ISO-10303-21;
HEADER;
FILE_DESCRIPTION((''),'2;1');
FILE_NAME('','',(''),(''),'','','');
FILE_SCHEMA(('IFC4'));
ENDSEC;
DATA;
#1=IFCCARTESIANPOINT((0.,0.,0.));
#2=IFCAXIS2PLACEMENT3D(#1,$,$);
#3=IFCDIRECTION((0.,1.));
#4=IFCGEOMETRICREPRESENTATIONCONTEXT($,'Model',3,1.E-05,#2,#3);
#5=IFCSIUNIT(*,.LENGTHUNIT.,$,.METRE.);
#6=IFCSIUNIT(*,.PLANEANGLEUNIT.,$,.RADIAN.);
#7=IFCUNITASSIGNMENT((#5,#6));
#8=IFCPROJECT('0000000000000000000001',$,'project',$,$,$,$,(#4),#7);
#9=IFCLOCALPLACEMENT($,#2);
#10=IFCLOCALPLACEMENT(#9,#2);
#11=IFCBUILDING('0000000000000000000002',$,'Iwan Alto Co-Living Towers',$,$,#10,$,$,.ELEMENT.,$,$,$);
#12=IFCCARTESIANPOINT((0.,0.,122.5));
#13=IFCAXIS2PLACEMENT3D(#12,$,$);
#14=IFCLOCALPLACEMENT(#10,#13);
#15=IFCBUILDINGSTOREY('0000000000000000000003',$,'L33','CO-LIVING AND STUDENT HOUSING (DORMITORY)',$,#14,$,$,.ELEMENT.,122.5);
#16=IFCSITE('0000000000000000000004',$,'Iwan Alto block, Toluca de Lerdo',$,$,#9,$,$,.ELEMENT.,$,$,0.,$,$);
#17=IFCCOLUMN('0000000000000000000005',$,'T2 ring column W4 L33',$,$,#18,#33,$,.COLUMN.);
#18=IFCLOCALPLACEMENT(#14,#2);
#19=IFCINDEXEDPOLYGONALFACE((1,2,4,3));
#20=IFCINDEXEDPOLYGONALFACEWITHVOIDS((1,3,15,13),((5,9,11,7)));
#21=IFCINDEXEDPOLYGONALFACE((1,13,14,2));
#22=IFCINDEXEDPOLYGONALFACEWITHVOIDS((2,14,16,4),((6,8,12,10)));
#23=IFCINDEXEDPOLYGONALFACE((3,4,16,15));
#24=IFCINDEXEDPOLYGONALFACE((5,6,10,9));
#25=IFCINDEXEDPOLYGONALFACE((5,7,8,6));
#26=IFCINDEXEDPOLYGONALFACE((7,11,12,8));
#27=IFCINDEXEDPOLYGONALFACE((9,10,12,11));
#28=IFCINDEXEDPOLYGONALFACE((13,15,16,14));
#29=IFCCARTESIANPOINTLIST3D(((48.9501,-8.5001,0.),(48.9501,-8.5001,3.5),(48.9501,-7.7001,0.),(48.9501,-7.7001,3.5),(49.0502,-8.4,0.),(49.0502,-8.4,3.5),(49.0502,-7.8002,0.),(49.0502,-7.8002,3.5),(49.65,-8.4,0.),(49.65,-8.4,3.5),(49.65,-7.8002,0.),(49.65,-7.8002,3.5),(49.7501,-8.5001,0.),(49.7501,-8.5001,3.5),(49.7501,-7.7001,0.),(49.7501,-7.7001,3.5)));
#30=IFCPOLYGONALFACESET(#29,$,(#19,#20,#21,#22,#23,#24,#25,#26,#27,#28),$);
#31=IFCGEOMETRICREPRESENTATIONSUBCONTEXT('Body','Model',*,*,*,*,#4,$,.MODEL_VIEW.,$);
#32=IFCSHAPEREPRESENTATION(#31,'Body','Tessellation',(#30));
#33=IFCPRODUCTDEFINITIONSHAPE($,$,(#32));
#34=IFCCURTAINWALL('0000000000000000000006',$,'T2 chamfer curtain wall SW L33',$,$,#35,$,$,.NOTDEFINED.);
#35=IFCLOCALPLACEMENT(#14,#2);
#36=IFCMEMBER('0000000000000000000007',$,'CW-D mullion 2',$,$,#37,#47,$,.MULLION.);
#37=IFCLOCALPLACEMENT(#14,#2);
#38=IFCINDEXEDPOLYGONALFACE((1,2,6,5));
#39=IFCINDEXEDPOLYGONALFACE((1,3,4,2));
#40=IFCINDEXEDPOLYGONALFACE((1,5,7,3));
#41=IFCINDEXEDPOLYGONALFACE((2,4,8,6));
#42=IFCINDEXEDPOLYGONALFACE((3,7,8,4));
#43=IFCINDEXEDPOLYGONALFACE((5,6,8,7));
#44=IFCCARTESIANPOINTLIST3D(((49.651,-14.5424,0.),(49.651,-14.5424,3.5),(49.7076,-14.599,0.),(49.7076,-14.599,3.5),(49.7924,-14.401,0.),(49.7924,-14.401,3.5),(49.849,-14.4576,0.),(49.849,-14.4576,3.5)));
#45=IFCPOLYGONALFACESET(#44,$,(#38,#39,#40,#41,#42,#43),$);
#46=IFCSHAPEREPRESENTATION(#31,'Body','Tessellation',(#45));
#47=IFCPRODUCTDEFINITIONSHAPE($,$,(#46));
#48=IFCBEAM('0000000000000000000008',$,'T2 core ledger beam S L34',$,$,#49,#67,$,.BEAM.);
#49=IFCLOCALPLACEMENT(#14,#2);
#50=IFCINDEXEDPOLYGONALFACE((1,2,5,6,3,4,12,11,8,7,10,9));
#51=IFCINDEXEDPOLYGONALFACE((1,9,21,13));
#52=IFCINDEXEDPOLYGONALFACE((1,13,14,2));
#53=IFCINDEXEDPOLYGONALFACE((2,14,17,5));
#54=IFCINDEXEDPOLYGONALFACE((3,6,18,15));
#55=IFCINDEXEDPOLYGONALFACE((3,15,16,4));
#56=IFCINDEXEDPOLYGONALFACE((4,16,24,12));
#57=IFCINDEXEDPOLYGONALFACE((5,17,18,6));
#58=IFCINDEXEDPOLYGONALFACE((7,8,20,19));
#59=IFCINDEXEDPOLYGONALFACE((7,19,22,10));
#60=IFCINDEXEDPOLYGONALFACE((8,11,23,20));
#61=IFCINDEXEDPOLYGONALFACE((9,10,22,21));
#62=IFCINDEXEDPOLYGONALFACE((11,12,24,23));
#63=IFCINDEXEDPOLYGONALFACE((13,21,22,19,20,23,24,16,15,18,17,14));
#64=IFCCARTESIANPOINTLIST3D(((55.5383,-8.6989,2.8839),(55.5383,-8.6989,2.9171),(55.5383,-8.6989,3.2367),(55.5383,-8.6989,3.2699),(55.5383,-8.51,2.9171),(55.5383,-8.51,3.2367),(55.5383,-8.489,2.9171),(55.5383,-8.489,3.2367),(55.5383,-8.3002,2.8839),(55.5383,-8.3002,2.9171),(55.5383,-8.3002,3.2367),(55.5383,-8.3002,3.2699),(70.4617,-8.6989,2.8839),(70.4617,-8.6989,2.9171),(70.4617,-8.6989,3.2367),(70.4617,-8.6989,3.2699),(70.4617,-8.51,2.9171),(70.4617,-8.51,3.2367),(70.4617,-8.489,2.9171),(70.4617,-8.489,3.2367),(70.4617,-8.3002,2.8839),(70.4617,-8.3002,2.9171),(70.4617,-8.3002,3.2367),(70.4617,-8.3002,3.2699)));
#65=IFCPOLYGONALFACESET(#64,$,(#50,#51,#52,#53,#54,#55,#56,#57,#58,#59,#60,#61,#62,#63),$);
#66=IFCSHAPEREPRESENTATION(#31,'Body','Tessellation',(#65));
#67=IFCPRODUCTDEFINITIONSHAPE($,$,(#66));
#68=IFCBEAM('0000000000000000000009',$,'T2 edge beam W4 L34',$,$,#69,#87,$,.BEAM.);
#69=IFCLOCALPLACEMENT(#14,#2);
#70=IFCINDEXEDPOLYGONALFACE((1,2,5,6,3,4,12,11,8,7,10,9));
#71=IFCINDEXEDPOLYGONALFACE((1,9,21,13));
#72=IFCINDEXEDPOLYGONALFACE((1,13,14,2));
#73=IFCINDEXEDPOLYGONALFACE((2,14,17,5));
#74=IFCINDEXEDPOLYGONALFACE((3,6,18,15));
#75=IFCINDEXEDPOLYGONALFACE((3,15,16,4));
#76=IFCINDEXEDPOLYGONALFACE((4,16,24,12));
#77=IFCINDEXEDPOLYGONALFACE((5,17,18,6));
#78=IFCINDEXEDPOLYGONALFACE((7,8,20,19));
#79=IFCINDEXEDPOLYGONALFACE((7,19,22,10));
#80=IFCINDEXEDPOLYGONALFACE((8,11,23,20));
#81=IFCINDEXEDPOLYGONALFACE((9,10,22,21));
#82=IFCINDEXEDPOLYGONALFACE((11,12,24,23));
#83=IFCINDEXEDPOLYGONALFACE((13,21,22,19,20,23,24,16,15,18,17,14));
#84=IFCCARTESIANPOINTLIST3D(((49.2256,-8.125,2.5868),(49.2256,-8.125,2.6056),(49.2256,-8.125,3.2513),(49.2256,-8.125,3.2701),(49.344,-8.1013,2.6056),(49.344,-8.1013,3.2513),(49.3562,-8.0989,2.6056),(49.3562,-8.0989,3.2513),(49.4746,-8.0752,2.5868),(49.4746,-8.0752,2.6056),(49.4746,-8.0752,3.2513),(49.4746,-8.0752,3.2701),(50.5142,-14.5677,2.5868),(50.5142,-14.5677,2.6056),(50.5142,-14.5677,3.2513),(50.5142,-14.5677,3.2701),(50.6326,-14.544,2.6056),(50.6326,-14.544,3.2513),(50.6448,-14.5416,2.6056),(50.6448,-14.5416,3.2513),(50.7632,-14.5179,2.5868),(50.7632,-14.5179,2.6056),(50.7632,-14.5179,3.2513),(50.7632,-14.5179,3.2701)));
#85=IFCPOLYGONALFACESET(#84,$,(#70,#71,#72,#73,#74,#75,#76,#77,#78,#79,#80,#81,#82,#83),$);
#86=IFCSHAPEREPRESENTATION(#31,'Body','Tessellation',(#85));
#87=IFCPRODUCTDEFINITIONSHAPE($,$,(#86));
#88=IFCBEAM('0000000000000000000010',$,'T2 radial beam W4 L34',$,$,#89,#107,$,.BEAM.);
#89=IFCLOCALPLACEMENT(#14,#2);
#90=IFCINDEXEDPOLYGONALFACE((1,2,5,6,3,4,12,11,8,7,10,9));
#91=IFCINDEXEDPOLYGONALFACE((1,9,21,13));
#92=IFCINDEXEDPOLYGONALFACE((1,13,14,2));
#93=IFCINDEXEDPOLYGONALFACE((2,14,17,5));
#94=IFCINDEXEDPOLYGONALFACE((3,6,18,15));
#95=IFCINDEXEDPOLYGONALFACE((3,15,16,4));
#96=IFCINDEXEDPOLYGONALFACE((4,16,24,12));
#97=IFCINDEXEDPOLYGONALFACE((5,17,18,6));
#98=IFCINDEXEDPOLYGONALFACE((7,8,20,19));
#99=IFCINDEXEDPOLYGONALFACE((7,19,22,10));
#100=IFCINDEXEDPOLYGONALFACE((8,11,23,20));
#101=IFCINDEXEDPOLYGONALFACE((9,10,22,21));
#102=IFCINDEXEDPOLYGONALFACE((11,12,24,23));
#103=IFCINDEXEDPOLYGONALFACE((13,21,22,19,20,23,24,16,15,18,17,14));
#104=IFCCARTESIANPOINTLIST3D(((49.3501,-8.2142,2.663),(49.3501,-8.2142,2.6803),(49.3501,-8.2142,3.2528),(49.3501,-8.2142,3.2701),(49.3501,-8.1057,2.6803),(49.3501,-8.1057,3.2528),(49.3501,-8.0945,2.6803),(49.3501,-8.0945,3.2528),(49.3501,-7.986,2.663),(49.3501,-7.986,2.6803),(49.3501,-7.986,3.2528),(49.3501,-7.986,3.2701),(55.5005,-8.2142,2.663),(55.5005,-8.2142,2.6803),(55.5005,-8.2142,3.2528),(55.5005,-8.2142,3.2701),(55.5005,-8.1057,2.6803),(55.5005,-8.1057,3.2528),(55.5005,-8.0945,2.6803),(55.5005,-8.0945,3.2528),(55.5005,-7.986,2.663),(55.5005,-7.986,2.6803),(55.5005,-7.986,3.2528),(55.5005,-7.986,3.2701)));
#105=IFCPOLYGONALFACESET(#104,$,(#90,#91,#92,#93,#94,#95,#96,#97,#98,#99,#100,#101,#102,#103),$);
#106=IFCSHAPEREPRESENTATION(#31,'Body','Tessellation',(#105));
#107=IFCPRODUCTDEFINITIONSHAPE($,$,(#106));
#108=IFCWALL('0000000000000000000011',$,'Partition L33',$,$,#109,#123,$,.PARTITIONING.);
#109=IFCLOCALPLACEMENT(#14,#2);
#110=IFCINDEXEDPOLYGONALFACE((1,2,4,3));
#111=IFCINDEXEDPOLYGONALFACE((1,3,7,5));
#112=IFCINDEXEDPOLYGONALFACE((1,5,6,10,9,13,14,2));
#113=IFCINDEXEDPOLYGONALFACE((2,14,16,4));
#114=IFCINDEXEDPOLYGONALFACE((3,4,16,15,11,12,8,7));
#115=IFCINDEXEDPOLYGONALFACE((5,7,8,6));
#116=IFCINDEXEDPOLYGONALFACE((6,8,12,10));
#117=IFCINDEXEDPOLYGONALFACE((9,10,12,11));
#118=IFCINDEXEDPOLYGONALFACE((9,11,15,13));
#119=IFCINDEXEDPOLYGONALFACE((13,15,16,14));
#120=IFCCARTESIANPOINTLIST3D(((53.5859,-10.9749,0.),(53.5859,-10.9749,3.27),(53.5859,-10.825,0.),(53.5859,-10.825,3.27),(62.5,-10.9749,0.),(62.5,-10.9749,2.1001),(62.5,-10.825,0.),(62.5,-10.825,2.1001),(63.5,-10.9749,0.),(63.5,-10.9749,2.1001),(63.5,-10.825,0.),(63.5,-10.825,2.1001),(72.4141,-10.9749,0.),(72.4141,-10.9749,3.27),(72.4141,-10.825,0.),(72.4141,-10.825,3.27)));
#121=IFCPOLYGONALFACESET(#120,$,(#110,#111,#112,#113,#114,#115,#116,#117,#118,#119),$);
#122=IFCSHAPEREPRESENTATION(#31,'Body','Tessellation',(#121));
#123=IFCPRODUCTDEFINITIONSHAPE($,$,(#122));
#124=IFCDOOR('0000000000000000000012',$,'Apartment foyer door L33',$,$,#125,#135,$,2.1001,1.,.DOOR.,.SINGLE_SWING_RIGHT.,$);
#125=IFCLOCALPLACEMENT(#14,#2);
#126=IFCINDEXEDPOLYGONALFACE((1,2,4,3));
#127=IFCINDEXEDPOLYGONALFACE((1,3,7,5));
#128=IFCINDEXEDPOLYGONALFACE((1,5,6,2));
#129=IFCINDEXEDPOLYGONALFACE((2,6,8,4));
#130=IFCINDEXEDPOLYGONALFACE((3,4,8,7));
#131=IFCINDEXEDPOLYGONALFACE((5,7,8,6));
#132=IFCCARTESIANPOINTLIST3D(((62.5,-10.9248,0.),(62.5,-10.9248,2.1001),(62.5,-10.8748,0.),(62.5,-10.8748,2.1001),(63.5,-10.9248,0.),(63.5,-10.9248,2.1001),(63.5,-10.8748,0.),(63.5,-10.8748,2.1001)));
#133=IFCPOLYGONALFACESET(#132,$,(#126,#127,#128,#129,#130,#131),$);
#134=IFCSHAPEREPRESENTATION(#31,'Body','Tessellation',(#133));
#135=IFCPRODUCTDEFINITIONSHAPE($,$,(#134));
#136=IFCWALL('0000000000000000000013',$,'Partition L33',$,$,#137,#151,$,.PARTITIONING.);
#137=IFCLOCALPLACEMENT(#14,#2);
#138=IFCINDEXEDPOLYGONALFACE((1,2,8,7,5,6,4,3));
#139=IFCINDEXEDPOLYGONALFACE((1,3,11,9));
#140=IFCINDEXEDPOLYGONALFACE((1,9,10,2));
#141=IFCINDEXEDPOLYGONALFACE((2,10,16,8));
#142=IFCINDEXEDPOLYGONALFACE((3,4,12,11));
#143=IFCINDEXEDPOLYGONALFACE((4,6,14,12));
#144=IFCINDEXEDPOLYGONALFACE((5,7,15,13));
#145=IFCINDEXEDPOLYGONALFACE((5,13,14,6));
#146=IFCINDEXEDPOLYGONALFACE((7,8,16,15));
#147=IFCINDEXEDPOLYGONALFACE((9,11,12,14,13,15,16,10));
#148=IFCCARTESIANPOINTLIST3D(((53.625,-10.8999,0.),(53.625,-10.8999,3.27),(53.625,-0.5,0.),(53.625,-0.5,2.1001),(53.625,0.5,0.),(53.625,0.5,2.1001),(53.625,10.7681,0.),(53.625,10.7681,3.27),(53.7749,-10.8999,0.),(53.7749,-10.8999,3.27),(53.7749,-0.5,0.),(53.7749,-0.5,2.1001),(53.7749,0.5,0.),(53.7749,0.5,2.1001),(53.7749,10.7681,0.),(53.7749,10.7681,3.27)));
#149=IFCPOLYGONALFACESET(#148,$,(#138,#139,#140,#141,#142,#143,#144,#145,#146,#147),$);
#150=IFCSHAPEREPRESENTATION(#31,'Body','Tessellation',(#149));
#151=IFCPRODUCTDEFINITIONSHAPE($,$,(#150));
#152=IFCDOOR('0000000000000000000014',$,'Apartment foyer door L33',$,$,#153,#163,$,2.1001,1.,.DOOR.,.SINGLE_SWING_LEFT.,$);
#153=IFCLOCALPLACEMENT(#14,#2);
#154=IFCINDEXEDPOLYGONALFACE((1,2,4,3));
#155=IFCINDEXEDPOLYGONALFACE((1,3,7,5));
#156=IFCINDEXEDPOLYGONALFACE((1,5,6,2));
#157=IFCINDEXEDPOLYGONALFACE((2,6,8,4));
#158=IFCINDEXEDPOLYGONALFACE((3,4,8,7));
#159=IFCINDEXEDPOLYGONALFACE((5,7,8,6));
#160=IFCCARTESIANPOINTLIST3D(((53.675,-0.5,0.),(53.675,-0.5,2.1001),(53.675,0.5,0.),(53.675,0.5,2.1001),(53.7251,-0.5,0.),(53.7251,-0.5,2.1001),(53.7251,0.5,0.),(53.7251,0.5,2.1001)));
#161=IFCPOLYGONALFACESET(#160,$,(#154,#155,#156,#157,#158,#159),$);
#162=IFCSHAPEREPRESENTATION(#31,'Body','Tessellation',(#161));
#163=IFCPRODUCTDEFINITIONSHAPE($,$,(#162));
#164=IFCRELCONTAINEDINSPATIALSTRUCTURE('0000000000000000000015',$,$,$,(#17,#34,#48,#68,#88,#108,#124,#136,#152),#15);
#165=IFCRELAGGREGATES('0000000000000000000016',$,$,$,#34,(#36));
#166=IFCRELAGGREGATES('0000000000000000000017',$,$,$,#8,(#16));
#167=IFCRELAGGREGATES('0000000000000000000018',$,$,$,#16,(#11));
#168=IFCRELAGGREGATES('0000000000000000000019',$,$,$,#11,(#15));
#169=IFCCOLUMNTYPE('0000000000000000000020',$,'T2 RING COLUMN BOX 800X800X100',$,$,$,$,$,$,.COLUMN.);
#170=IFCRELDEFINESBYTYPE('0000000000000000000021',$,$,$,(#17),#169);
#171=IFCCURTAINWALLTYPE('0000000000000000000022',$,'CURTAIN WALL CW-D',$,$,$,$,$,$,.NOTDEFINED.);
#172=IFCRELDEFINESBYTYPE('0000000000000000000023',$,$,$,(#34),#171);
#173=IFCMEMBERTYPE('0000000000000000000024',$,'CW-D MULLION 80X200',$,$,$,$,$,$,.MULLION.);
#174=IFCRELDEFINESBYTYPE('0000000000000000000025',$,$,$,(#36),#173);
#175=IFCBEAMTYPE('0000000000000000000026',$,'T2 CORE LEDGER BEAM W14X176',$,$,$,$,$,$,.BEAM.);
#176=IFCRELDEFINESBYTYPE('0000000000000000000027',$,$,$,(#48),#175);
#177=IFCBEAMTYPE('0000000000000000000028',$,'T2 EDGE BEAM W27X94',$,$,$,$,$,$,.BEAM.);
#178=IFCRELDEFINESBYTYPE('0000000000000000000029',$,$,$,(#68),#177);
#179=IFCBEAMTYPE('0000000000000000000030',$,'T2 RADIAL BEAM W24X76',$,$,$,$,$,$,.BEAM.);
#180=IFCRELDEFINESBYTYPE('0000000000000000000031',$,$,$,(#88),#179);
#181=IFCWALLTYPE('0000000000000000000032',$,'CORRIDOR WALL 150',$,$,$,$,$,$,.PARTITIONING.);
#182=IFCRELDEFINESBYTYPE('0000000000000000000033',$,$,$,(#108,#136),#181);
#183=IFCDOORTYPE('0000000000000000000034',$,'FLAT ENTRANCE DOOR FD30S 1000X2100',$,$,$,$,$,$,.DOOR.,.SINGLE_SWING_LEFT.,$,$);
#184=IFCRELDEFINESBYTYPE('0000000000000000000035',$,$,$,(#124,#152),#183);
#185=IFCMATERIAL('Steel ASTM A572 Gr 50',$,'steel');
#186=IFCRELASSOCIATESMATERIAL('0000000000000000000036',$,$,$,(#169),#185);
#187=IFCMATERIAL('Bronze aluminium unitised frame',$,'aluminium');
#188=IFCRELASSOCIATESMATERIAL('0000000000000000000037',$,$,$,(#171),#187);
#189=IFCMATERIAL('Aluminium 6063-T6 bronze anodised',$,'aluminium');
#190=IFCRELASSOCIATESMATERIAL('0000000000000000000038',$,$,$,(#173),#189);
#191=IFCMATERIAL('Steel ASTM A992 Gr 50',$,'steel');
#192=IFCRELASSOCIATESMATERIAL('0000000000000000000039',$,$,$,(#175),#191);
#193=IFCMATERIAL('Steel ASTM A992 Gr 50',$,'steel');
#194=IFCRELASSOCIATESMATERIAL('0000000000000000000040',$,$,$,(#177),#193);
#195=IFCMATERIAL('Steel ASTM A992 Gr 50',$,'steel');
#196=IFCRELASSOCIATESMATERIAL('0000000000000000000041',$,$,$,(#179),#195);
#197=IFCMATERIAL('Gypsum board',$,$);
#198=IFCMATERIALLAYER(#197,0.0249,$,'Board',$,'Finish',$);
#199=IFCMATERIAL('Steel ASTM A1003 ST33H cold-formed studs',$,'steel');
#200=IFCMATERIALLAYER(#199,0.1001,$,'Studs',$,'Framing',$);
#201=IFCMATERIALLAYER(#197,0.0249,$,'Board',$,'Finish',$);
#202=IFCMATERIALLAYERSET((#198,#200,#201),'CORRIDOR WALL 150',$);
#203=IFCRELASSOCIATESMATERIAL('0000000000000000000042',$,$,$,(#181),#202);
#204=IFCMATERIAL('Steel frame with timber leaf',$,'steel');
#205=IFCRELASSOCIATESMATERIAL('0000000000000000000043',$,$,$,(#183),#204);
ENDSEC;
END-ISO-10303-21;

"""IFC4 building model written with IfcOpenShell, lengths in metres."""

from ifc_helpers import new_model, si_unit, direction, frame, frame_2d, origin, origin_2d, place, context, subcontext, project, spatial, rectangle, hollow_rectangle, i_section, extrude, material, layer, layer_set, material_profile, profile_set, type_object, element, fill, aggregate, save


model = new_model("IFC4")

# Units and contexts
model_context = context("Model", 3, precision=1e-05, world=origin(), true_north=direction((0.0, 1.0)))
body_context = subcontext(model_context, "Body", "Model", "MODEL_VIEW")
ifc_project = project(units=[si_unit("LENGTHUNIT", "METRE"), si_unit("PLANEANGLEUNIT", "RADIAN")], contexts=[model_context])

# Site, building, storey
site_placement = place(None, origin())
site = spatial("IfcSite", under=ifc_project, at=site_placement, Name="Iwan Alto block, Toluca de Lerdo", CompositionType="ELEMENT", RefElevation=0.0)
building_placement = place(site_placement, origin())
building = spatial("IfcBuilding", under=site, at=building_placement, Name="Iwan Alto Co-Living Towers", CompositionType="ELEMENT")
storey_placement = place(building_placement, frame((0.0, 0.0, 122.5)))
storey = spatial("IfcBuildingStorey", under=building, at=storey_placement, Name="L33", Description="CO-LIVING AND STUDENT HOUSING (DORMITORY)", CompositionType="ELEMENT", Elevation=122.5)

# Column
ifc_material_1 = material(Name="Steel ASTM A572 Gr 50", Category="steel")
ifc_material_profile_1 = material_profile(ifc_material_1, hollow_rectangle(XDim=0.8, YDim=0.8, WallThickness=0.1001, at=origin_2d()), Name="BOX 800X800X100")
ifc_profile_set_1 = profile_set([ifc_material_profile_1], Name="Steel ASTM A572 Gr 50")
column_type = type_object("IfcColumnType", Name="T2 RING COLUMN BOX 800X800X100", PredefinedType="COLUMN", material=ifc_profile_set_1)
column_placement = place(storey_placement, frame((49.3501, -8.1001, 0.0), z_axis=(0.0, 0.0, 1.0), x_axis=(1.0, 0.0, 0.0)))
element("IfcColumn", 1, at=column_placement, inside=storey, type_object=column_type, Name="T2 ring column W4 L33", PredefinedType="COLUMN", context=body_context, shape_type="SweptSolid", body=[
    extrude(hollow_rectangle(XDim=0.8, YDim=0.8, WallThickness=0.1001, at=origin_2d()), origin(), (0.0, 0.0, 1.0), 3.5),
])

# Curtain wall, member
ifc_material_2 = material(Name="Bronze aluminium unitised frame", Category="aluminium")
curtain_wall_type = type_object("IfcCurtainWallType", Name="CURTAIN WALL CW-D", PredefinedType="NOTDEFINED", material=ifc_material_2)
curtain_wall_placement = place(storey_placement, origin())
curtain_wall = element("IfcCurtainWall", 2, at=curtain_wall_placement, inside=storey, type_object=curtain_wall_type, Name="T2 chamfer curtain wall SW L33", PredefinedType="NOTDEFINED")
ifc_material_3 = material(Name="Aluminium 6063-T6 bronze anodised", Category="aluminium")
ifc_material_profile_2 = material_profile(ifc_material_3, rectangle(XDim=0.2, YDim=0.0801, at=origin_2d()), Name="AL 80X200")
ifc_profile_set_2 = profile_set([ifc_material_profile_2], Name="Aluminium 6063-T6 bronze anodised")
member_type = type_object("IfcMemberType", Name="CW-D MULLION 80X200", PredefinedType="MULLION", material=ifc_profile_set_2)
member_placement = place(storey_placement, frame((49.75, -14.5, 0.0), z_axis=(0.0, 0.0, 1.0), x_axis=(0.707107, 0.707107, 0.0)))
member = element("IfcMember", 3, at=member_placement, type_object=member_type, Name="CW-D mullion 2", PredefinedType="MULLION", context=body_context, shape_type="SweptSolid", body=[
    extrude(rectangle(XDim=0.2, YDim=0.0801, at=origin_2d()), origin(), (0.0, 0.0, 1.0), 3.5),
])
aggregate(curtain_wall, [member])

# Beams
ifc_material_4 = material(Name="Steel ASTM A992 Gr 50", Category="steel")
ifc_material_profile_3 = material_profile(ifc_material_4, i_section(OverallWidth=0.3987, OverallDepth=0.386, WebThickness=0.021, FlangeThickness=0.0332, at=origin_2d()), Name="W14X176")
ifc_profile_set_3 = profile_set([ifc_material_profile_3], Name="Steel ASTM A992 Gr 50")
beam_type_1 = type_object("IfcBeamType", Name="T2 CORE LEDGER BEAM W14X176", PredefinedType="BEAM", material=ifc_profile_set_3)
beam_1_placement = place(storey_placement, frame((55.5383, -8.4995, 3.0769), z_axis=(1.0, 0.0, 0.0), x_axis=(0.0, 1.0, 0.0)))
element("IfcBeam", 4, at=beam_1_placement, inside=storey, type_object=beam_type_1, Name="T2 core ledger beam S L34", PredefinedType="BEAM", context=body_context, shape_type="SweptSolid", body=[
    extrude(i_section(OverallWidth=0.3987, OverallDepth=0.386, WebThickness=0.021, FlangeThickness=0.0332, at=origin_2d()), origin(), (0.0, 0.0, 1.0), 14.9233),
])
ifc_material_5 = material(Name="Steel ASTM A992 Gr 50", Category="steel")
ifc_material_profile_4 = material_profile(ifc_material_5, i_section(OverallWidth=0.2539, OverallDepth=0.6833, WebThickness=0.0125, FlangeThickness=0.0188, at=origin_2d()), Name="W27X94")
ifc_profile_set_4 = profile_set([ifc_material_profile_4], Name="Steel ASTM A992 Gr 50")
beam_type_2 = type_object("IfcBeamType", Name="T2 EDGE BEAM W27X94", PredefinedType="BEAM", material=ifc_profile_set_4)
beam_2_placement = place(storey_placement, frame((49.3501, -8.1001, 2.9285), z_axis=(0.196123, -0.980579, 0.0), x_axis=(0.980579, 0.196123, 0.0)))
element("IfcBeam", 5, at=beam_2_placement, inside=storey, type_object=beam_type_2, Name="T2 edge beam W4 L34", PredefinedType="BEAM", context=body_context, shape_type="SweptSolid", body=[
    extrude(i_section(OverallWidth=0.2539, OverallDepth=0.6833, WebThickness=0.0125, FlangeThickness=0.0188, at=origin_2d()), origin(), (0.0, 0.0, 1.0), 6.5703),
])
ifc_material_6 = material(Name="Steel ASTM A992 Gr 50", Category="steel")
ifc_material_profile_5 = material_profile(ifc_material_6, i_section(OverallWidth=0.2283, OverallDepth=0.6072, WebThickness=0.0112, FlangeThickness=0.0173, at=origin_2d()), Name="W24X76")
ifc_profile_set_5 = profile_set([ifc_material_profile_5], Name="Steel ASTM A992 Gr 50")
beam_type_3 = type_object("IfcBeamType", Name="T2 RADIAL BEAM W24X76", PredefinedType="BEAM", material=ifc_profile_set_5)
beam_3_placement = place(storey_placement, frame((49.3501, -8.1001, 2.9666), z_axis=(1.0, 0.0, 0.0), x_axis=(0.0, 1.0, 0.0)))
element("IfcBeam", 6, at=beam_3_placement, inside=storey, type_object=beam_type_3, Name="T2 radial beam W4 L34", PredefinedType="BEAM", context=body_context, shape_type="SweptSolid", body=[
    extrude(i_section(OverallWidth=0.2283, OverallDepth=0.6072, WebThickness=0.0112, FlangeThickness=0.0173, at=origin_2d()), origin(), (0.0, 0.0, 1.0), 6.1504),
])

# Walls, openings, doors
ifc_material_7 = material(Name="Gypsum board")
ifc_layer_1 = layer(ifc_material_7, 0.0249, Name="Board", Category="Finish")
ifc_material_8 = material(Name="Steel ASTM A1003 ST33H cold-formed studs", Category="steel")
ifc_layer_2 = layer(ifc_material_8, 0.1001, Name="Studs", Category="Framing")
ifc_layer_3 = layer(ifc_material_7, 0.0249, Name="Board", Category="Finish")
ifc_layer_set_1 = layer_set([ifc_layer_1, ifc_layer_2, ifc_layer_3], Name="CORRIDOR WALL 150")
wall_type_1 = type_object("IfcWallType", Name="CORRIDOR WALL 150", PredefinedType="PARTITIONING", material=ifc_layer_set_1)
wall_1_placement = place(storey_placement, frame((53.5859, -10.8999, 0.0), z_axis=(0.0, 0.0, 1.0), x_axis=(1.0, 0.0, 0.0)))
wall_1 = element("IfcWall", 7, at=wall_1_placement, inside=storey, type_object=wall_type_1, Name="Partition L33", PredefinedType="PARTITIONING", context=body_context, shape_type="SweptSolid", body=[
    extrude(rectangle(XDim=18.8281, YDim=0.1499, at=frame_2d((9.4141, 0.0))), origin(), (0.0, 0.0, 1.0), 3.27),
])
opening_1_placement = place(wall_1_placement, frame((8.9141, 0.0, 0.0)))
opening_1 = element("IfcOpeningElement", 8, at=opening_1_placement, cuts=wall_1, PredefinedType="OPENING", context=body_context, shape_type="SweptSolid", body=[
    extrude(rectangle(XDim=1.0, YDim=2.1001, at=frame_2d((0.5, 1.05))), frame((0.0, 0.085, 0.0), z_axis=(0.0, -1.0, 0.0), x_axis=(1.0, 0.0, 0.0)), (0.0, 0.0, 1.0), 0.1699),
])
ifc_material_9 = material(Name="Steel frame with timber leaf", Category="steel")
door_type_1 = type_object("IfcDoorType", Name="FLAT ENTRANCE DOOR FD30S 1000X2100", OperationType="SINGLE_SWING_LEFT", PredefinedType="DOOR", material=ifc_material_9)
door_1_placement = place(opening_1_placement, frame((1.0, 0.0, 0.0), z_axis=(0.0, 0.0, 1.0), x_axis=(-1.0, 0.0, 0.0)))
door_1 = element("IfcDoor", 9, at=door_1_placement, inside=storey, type_object=door_type_1, Name="Apartment foyer door L33", OperationType="SINGLE_SWING_RIGHT", OverallHeight=2.1001, OverallWidth=1.0, PredefinedType="DOOR", context=body_context, shape_type="SweptSolid", body=[
    extrude(rectangle(XDim=1.0, YDim=2.1001, at=frame_2d((0.5, 1.05))), frame((0.0, 0.0249, 0.0), z_axis=(0.0, -1.0, 0.0), x_axis=(1.0, 0.0, 0.0)), (0.0, 0.0, 1.0), 0.05),
])
fill(opening_1, door_1)
wall_2_placement = place(storey_placement, frame((53.7, -10.8999, 0.0), z_axis=(0.0, 0.0, 1.0), x_axis=(0.0, 1.0, 0.0)))
wall_2 = element("IfcWall", 10, at=wall_2_placement, inside=storey, type_object=wall_type_1, Name="Partition L33", PredefinedType="PARTITIONING", context=body_context, shape_type="SweptSolid", body=[
    extrude(rectangle(XDim=21.668, YDim=0.1499, at=frame_2d((10.834, 0.0))), origin(), (0.0, 0.0, 1.0), 3.27),
])
opening_2_placement = place(wall_2_placement, frame((10.3999, 0.0, 0.0)))
opening_2 = element("IfcOpeningElement", 11, at=opening_2_placement, cuts=wall_2, PredefinedType="OPENING", context=body_context, shape_type="SweptSolid", body=[
    extrude(rectangle(XDim=1.0, YDim=2.1001, at=frame_2d((0.5, 1.05))), frame((0.0, 0.085, 0.0), z_axis=(0.0, -1.0, 0.0), x_axis=(1.0, 0.0, 0.0)), (0.0, 0.0, 1.0), 0.1699),
])
door_2_placement = place(opening_2_placement, origin())
door_2 = element("IfcDoor", 12, at=door_2_placement, inside=storey, type_object=door_type_1, Name="Apartment foyer door L33", OperationType="SINGLE_SWING_LEFT", OverallHeight=2.1001, OverallWidth=1.0, PredefinedType="DOOR", context=body_context, shape_type="SweptSolid", body=[
    extrude(rectangle(XDim=1.0, YDim=2.1001, at=frame_2d((0.5, 1.05))), frame((0.0, 0.0249, 0.0), z_axis=(0.0, -1.0, 0.0), x_axis=(1.0, 0.0, 0.0)), (0.0, 0.0, 1.0), 0.05),
])
fill(opening_2, door_2)

save(model, "model.ifc")
